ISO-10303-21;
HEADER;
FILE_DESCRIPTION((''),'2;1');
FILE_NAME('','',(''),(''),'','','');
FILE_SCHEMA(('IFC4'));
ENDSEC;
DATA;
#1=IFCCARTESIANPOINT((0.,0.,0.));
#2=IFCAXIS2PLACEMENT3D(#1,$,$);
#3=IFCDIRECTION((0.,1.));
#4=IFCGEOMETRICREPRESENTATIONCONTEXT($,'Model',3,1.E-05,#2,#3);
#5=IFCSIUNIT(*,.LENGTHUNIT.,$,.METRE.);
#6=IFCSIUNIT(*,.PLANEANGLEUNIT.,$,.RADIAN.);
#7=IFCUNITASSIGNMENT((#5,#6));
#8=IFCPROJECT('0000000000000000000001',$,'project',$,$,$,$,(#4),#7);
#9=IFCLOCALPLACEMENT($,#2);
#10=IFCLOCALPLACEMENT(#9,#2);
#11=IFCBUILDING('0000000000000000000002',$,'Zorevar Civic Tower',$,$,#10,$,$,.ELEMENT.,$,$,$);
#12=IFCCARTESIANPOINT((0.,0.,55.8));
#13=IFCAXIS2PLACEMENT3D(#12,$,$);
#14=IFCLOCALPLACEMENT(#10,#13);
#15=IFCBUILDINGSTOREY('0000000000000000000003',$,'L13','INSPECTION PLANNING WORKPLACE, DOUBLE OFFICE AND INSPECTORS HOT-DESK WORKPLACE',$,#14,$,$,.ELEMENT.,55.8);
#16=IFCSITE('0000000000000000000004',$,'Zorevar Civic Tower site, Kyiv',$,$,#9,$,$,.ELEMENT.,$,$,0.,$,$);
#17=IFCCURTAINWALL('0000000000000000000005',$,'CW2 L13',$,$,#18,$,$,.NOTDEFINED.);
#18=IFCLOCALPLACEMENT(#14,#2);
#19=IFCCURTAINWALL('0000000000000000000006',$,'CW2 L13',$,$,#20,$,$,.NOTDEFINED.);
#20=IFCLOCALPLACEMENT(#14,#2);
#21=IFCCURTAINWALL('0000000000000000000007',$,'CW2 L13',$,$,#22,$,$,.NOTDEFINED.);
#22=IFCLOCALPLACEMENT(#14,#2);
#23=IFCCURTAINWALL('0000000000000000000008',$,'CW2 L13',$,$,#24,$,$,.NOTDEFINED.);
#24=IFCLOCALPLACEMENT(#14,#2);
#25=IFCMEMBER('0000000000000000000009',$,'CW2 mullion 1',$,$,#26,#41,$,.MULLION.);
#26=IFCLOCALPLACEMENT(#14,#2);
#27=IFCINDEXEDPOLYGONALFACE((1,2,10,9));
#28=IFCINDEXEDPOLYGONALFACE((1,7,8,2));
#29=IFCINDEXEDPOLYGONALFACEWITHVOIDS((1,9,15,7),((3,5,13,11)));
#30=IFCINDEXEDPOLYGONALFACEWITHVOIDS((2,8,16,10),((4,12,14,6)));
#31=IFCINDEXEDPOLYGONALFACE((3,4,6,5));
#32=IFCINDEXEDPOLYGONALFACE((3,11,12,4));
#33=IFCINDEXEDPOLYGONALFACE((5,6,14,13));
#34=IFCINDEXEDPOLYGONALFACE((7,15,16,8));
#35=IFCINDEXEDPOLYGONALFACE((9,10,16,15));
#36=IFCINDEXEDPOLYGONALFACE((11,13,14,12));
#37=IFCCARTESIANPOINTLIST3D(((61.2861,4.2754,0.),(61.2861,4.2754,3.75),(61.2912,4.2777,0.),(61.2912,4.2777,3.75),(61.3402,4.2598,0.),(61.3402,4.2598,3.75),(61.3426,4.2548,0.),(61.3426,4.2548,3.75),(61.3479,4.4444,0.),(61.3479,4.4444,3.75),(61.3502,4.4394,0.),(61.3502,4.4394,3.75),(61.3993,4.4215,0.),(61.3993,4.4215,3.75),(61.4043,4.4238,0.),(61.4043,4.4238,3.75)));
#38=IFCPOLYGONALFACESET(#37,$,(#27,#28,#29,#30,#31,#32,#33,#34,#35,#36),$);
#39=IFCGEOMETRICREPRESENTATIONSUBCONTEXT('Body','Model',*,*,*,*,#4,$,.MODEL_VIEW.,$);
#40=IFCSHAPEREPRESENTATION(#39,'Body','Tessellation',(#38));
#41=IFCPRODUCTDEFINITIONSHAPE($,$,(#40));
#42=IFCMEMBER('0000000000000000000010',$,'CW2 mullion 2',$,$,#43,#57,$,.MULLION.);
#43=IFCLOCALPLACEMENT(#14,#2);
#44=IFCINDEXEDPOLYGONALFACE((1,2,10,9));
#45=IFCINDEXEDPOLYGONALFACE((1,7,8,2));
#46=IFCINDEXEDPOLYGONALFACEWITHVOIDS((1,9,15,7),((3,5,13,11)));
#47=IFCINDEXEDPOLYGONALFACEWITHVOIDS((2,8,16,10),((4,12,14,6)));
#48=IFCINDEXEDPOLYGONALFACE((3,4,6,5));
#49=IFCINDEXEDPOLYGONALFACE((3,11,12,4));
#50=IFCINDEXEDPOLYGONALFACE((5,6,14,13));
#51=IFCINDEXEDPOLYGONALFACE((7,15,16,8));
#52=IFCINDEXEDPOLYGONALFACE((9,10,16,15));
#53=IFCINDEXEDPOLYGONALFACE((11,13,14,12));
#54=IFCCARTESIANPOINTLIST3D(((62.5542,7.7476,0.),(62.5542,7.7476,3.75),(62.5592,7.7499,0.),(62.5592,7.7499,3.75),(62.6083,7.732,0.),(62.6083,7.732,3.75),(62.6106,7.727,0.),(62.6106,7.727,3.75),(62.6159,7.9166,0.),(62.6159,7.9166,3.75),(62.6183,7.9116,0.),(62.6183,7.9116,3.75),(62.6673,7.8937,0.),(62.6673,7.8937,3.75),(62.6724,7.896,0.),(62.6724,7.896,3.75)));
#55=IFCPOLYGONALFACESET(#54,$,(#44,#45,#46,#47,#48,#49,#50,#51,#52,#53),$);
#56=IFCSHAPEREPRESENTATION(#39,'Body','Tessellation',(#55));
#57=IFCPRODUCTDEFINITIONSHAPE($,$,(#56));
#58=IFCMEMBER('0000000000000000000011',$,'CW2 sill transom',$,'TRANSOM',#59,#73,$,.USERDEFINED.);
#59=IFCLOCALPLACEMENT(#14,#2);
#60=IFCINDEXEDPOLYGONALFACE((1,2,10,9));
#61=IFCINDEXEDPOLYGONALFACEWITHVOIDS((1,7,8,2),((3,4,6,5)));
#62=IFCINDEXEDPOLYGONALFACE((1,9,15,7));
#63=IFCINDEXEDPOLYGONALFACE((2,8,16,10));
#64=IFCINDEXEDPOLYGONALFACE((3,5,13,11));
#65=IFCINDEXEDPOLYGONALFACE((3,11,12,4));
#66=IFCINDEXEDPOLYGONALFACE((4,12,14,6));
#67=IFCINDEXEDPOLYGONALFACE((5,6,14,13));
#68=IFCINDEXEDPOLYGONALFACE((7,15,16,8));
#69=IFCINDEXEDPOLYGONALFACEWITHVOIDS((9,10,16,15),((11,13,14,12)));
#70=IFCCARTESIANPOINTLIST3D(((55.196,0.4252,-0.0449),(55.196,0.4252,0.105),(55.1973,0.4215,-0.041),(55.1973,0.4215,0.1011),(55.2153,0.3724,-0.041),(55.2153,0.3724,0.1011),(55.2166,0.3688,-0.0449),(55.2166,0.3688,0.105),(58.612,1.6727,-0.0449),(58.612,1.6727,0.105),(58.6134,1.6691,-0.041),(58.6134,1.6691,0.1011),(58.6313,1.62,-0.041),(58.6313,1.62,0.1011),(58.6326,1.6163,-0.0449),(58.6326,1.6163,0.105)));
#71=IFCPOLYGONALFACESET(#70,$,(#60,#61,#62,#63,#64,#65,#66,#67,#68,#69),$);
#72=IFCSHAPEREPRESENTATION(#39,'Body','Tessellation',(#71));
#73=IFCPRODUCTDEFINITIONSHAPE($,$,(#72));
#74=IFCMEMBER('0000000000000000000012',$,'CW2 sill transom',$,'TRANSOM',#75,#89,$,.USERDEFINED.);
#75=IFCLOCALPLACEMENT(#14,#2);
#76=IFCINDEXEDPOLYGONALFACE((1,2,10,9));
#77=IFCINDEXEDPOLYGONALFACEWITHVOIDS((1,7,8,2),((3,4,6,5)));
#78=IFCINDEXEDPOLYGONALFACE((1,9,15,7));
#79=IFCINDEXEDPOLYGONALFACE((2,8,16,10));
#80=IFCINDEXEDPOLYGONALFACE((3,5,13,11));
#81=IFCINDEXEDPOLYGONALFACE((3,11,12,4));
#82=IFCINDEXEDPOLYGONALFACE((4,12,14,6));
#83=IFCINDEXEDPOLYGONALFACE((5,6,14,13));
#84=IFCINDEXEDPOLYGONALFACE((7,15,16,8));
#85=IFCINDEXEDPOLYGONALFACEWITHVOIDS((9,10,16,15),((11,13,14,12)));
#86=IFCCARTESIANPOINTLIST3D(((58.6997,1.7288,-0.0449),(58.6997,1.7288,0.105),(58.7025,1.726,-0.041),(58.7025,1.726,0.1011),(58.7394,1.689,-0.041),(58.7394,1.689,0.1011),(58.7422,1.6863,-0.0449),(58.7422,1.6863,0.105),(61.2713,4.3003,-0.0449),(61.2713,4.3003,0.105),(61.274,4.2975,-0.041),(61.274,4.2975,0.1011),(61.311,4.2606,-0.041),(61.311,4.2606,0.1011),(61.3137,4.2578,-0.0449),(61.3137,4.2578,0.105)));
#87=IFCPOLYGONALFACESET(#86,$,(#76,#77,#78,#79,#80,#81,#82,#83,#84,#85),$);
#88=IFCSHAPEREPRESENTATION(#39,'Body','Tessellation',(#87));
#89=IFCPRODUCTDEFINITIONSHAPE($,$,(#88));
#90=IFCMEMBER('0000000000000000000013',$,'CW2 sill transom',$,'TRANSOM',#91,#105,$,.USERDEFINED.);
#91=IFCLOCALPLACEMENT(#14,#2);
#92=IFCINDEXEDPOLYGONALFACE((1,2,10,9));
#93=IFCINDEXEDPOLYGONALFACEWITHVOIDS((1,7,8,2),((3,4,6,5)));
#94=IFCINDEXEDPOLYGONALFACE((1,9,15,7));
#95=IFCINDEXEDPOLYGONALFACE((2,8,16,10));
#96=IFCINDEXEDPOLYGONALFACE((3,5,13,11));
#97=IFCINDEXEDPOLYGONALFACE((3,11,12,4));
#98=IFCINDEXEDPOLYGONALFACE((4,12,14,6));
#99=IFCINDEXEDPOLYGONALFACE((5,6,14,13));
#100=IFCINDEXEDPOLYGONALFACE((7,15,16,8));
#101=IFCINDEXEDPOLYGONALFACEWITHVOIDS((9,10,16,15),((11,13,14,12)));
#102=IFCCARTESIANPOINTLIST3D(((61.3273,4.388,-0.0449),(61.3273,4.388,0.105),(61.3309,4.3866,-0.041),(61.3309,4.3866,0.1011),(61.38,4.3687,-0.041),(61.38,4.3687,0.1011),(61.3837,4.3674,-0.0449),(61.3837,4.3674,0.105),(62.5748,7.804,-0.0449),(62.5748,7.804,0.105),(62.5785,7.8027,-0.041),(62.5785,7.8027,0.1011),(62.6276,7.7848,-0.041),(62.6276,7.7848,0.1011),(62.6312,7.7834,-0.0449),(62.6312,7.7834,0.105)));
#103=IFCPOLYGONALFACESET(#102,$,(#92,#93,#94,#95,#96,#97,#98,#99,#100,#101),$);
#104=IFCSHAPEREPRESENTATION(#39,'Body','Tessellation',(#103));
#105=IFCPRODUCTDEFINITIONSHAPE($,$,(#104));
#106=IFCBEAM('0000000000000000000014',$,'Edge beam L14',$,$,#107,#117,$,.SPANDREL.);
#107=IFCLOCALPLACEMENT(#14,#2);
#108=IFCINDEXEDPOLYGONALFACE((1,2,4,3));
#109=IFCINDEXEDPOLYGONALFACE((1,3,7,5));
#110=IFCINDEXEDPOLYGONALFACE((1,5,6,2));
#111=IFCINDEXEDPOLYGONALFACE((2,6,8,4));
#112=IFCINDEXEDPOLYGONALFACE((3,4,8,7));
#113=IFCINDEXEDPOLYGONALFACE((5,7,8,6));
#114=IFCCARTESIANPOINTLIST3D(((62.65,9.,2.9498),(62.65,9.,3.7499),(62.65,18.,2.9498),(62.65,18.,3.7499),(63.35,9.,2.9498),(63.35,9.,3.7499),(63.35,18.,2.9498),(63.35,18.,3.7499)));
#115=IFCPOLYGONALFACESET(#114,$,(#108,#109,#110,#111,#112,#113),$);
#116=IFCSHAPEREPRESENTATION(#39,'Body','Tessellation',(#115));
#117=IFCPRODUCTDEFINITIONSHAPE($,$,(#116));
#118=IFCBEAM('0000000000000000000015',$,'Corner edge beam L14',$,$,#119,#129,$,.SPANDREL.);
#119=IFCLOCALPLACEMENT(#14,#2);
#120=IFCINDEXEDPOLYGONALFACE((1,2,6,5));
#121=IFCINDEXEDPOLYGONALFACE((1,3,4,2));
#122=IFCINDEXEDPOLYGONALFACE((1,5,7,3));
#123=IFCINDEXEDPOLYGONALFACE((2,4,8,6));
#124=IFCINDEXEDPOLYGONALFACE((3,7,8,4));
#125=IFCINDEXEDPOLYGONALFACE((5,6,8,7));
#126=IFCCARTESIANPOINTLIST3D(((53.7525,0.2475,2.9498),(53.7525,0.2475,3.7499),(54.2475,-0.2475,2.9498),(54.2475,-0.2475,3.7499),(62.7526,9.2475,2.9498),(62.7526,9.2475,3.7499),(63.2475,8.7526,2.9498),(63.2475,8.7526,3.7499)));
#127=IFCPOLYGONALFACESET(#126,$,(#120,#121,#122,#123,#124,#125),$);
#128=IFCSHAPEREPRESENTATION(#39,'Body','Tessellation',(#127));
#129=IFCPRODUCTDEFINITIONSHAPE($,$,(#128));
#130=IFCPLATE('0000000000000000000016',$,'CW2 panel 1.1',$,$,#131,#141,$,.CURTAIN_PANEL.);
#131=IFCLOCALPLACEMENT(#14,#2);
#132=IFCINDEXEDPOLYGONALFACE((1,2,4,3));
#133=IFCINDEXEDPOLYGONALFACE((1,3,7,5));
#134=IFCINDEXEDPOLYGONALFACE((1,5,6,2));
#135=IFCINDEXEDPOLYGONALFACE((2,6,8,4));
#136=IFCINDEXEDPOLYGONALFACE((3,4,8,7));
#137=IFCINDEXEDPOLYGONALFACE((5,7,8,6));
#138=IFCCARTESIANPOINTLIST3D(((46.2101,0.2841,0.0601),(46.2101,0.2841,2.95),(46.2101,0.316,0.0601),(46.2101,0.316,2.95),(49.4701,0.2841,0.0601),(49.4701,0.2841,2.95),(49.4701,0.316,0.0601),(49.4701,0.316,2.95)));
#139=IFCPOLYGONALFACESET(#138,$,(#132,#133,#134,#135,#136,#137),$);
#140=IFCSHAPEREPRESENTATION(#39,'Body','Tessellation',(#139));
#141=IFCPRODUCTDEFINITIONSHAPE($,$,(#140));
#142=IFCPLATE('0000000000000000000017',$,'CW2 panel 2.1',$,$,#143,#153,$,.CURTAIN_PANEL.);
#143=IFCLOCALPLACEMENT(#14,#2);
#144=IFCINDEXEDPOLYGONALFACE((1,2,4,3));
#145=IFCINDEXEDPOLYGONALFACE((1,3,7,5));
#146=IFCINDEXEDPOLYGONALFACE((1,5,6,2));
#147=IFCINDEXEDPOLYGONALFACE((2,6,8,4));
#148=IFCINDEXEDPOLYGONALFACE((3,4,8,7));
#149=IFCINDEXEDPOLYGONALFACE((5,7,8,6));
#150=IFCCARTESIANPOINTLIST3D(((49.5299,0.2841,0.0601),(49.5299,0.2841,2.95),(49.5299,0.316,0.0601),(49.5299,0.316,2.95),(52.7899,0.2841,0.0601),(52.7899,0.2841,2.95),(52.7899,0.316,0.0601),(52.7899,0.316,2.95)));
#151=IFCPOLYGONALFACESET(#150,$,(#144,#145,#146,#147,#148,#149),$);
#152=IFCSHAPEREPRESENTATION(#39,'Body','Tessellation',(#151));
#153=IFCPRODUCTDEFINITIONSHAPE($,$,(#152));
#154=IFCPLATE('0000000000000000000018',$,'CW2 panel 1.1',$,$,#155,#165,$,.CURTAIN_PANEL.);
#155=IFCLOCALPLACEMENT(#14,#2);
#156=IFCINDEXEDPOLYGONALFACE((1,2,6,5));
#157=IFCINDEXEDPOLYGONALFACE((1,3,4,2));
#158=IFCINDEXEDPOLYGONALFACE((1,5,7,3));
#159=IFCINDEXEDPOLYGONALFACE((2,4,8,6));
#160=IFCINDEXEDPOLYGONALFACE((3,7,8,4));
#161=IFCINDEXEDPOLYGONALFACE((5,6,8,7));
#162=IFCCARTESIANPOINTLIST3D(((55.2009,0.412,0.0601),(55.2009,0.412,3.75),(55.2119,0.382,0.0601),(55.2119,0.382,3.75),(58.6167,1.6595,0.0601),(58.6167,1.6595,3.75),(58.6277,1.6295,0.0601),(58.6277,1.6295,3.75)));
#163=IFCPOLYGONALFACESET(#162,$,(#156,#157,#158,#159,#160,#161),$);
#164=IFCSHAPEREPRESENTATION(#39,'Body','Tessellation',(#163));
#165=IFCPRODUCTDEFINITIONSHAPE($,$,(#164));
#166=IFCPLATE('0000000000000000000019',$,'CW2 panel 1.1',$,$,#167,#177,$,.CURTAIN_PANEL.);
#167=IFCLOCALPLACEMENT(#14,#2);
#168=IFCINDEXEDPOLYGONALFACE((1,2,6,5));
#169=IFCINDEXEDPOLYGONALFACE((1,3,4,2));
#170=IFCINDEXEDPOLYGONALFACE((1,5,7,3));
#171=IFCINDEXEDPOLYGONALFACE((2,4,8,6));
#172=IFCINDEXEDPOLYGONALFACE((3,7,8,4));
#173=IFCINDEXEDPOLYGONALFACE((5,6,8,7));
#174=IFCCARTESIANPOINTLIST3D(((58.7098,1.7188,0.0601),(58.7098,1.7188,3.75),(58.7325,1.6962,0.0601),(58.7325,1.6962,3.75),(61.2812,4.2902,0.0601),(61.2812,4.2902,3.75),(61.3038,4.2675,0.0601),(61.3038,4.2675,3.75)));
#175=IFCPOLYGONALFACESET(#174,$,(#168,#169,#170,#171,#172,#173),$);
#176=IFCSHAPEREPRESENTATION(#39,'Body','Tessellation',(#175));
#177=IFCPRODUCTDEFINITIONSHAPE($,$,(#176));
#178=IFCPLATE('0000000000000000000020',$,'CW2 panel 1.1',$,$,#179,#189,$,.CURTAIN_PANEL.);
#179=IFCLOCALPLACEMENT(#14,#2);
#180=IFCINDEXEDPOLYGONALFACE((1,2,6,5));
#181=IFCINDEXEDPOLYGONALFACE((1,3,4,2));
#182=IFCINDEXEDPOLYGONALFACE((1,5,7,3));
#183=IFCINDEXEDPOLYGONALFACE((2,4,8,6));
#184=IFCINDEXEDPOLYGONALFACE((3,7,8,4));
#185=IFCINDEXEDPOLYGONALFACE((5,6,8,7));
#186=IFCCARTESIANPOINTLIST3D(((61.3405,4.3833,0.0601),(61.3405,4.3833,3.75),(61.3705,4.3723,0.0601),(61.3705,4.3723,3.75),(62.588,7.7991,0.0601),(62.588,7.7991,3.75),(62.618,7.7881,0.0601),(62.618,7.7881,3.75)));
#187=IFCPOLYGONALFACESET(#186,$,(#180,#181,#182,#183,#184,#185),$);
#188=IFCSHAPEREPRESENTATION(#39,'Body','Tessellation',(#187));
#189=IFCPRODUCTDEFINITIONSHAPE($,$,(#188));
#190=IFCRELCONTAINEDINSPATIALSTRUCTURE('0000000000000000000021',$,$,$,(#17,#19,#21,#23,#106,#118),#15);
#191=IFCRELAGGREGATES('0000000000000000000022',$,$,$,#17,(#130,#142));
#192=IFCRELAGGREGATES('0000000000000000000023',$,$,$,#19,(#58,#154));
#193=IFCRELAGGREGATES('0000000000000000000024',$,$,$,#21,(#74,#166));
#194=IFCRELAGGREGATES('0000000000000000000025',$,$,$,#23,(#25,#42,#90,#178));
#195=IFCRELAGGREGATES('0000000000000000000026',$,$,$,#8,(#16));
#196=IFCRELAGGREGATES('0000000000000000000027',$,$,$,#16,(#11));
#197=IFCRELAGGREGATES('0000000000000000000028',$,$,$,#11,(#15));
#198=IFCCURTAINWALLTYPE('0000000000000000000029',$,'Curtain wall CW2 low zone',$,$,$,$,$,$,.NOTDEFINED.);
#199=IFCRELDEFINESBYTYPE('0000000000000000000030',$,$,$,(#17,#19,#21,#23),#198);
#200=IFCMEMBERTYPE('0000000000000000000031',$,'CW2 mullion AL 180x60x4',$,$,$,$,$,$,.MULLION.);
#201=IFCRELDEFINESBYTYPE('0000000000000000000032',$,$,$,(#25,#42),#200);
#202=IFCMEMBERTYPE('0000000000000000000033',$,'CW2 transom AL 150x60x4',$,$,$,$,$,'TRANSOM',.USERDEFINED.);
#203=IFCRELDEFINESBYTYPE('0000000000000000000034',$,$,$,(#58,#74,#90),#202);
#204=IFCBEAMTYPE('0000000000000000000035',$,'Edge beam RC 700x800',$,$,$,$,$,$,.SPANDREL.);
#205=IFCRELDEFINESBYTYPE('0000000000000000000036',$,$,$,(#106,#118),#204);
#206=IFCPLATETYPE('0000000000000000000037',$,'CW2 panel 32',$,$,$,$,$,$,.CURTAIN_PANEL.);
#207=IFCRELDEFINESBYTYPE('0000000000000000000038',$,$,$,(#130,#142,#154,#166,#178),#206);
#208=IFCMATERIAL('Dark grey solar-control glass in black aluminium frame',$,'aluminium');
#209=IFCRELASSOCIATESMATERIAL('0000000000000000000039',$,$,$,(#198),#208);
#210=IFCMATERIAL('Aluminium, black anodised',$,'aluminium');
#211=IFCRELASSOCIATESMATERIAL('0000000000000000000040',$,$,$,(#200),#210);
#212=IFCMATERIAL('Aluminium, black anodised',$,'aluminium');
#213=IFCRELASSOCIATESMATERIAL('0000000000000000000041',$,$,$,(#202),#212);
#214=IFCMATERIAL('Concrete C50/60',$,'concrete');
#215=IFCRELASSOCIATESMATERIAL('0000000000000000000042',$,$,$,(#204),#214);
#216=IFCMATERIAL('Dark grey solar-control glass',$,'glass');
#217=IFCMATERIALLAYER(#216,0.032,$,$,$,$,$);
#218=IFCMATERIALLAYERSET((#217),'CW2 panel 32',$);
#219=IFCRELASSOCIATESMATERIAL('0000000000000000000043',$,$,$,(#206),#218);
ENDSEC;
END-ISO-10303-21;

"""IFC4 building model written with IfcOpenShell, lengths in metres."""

from ifc_helpers import new_model, si_unit, direction, frame, origin, origin_2d, place, context, subcontext, project, spatial, rectangle, hollow_rectangle, extrude, material, layer, layer_set, material_profile, profile_set, type_object, element, aggregate, save


model = new_model("IFC4")

# Units and contexts
model_context = context("Model", 3, precision=1e-05, world=origin(), true_north=direction((0.0, 1.0)))
body_context = subcontext(model_context, "Body", "Model", "MODEL_VIEW")
ifc_project = project(units=[si_unit("LENGTHUNIT", "METRE"), si_unit("PLANEANGLEUNIT", "RADIAN")], contexts=[model_context])

# Site, building, storey
site_placement = place(None, origin())
site = spatial("IfcSite", under=ifc_project, at=site_placement, Name="Zorevar Civic Tower site, Kyiv", CompositionType="ELEMENT", RefElevation=0.0)
building_placement = place(site_placement, origin())
building = spatial("IfcBuilding", under=site, at=building_placement, Name="Zorevar Civic Tower", CompositionType="ELEMENT")
storey_placement = place(building_placement, frame((0.0, 0.0, 55.8)))
storey = spatial("IfcBuildingStorey", under=building, at=storey_placement, Name="L13", Description="INSPECTION PLANNING WORKPLACE, DOUBLE OFFICE AND INSPECTORS HOT-DESK WORKPLACE", CompositionType="ELEMENT", Elevation=55.8)

# Curtain walls, members
ifc_material_1 = material(Name="Dark grey solar-control glass in black aluminium frame", Category="aluminium")
curtain_wall_type = type_object("IfcCurtainWallType", Name="Curtain wall CW2 low zone", PredefinedType="NOTDEFINED", material=ifc_material_1)
curtain_wall_1_placement = place(storey_placement, origin())
curtain_wall_1 = element("IfcCurtainWall", 1, at=curtain_wall_1_placement, inside=storey, type_object=curtain_wall_type, Name="CW2 L13", PredefinedType="NOTDEFINED")
ifc_material_2 = material(Name="Aluminium, black anodised", Category="aluminium")
ifc_material_profile_1 = material_profile(ifc_material_2, hollow_rectangle(XDim=0.0601, YDim=0.1799, WallThickness=0.0039, at=origin_2d()), Name="AL 180x60x4")
ifc_profile_set_1 = profile_set([ifc_material_profile_1], Name="Aluminium, black anodised")
member_type_1 = type_object("IfcMemberType", Name="CW2 mullion AL 180x60x4", PredefinedType="MULLION", material=ifc_profile_set_1)
curtain_wall_2_placement = place(storey_placement, origin())
curtain_wall_2 = element("IfcCurtainWall", 2, at=curtain_wall_2_placement, inside=storey, type_object=curtain_wall_type, Name="CW2 L13", PredefinedType="NOTDEFINED")
curtain_wall_3_placement = place(storey_placement, origin())
curtain_wall_3 = element("IfcCurtainWall", 3, at=curtain_wall_3_placement, inside=storey, type_object=curtain_wall_type, Name="CW2 L13", PredefinedType="NOTDEFINED")
curtain_wall_4_placement = place(storey_placement, origin())
curtain_wall_4 = element("IfcCurtainWall", 4, at=curtain_wall_4_placement, inside=storey, type_object=curtain_wall_type, Name="CW2 L13", PredefinedType="NOTDEFINED")
member_1_placement = place(storey_placement, frame((61.3452, 4.3496, 0.0), z_axis=(0.0, 0.0, 1.0), x_axis=(-0.939313, 0.34306, 0.0)))
member_1 = element("IfcMember", 5, at=member_1_placement, type_object=member_type_1, Name="CW2 mullion 1", PredefinedType="MULLION", context=body_context, shape_type="SweptSolid", body=[
    extrude(hollow_rectangle(XDim=0.0601, YDim=0.1799, WallThickness=0.0039, at=origin_2d()), origin(), (0.0, 0.0, 1.0), 3.75),
])
member_2_placement = place(storey_placement, frame((62.6133, 7.8218, 0.0), z_axis=(0.0, 0.0, 1.0), x_axis=(-0.939313, 0.34306, 0.0)))
member_2 = element("IfcMember", 6, at=member_2_placement, type_object=member_type_1, Name="CW2 mullion 2", PredefinedType="MULLION", context=body_context, shape_type="SweptSolid", body=[
    extrude(hollow_rectangle(XDim=0.0601, YDim=0.1799, WallThickness=0.0039, at=origin_2d()), origin(), (0.0, 0.0, 1.0), 3.75),
])

# Members
ifc_material_3 = material(Name="Aluminium, black anodised", Category="aluminium")
ifc_material_profile_2 = material_profile(ifc_material_3, hollow_rectangle(XDim=0.0601, YDim=0.1499, WallThickness=0.0039, at=origin_2d()), Name="AL 150x60x4")
ifc_profile_set_2 = profile_set([ifc_material_profile_2], Name="Aluminium, black anodised")
member_type_2 = type_object("IfcMemberType", Name="CW2 transom AL 150x60x4", ElementType="TRANSOM", PredefinedType="USERDEFINED", material=ifc_profile_set_2)
member_3_placement = place(storey_placement, frame((55.2063, 0.397, 0.03), z_axis=(0.939318, 0.343047, 0.0), x_axis=(-0.343047, 0.939318, 0.0)))
member_3 = element("IfcMember", 7, at=member_3_placement, type_object=member_type_2, Name="CW2 sill transom", ObjectType="TRANSOM", PredefinedType="USERDEFINED", context=body_context, shape_type="SweptSolid", body=[
    extrude(hollow_rectangle(XDim=0.0601, YDim=0.1499, WallThickness=0.0039, at=origin_2d()), origin(), (0.0, 0.0, 1.0), 3.6367),
])
member_4_placement = place(storey_placement, frame((58.7209, 1.7075, 0.03), z_axis=(0.707107, 0.707107, 0.0), x_axis=(-0.707107, 0.707107, 0.0)))
member_4 = element("IfcMember", 8, at=member_4_placement, type_object=member_type_2, Name="CW2 sill transom", ObjectType="TRANSOM", PredefinedType="USERDEFINED", context=body_context, shape_type="SweptSolid", body=[
    extrude(hollow_rectangle(XDim=0.0601, YDim=0.1499, WallThickness=0.0039, at=origin_2d()), origin(), (0.0, 0.0, 1.0), 3.6367),
])
member_5_placement = place(storey_placement, frame((61.3555, 4.3777, 0.03), z_axis=(0.343047, 0.939318, 0.0), x_axis=(-0.939318, 0.343047, 0.0)))
member_5 = element("IfcMember", 9, at=member_5_placement, type_object=member_type_2, Name="CW2 sill transom", ObjectType="TRANSOM", PredefinedType="USERDEFINED", context=body_context, shape_type="SweptSolid", body=[
    extrude(hollow_rectangle(XDim=0.0601, YDim=0.1499, WallThickness=0.0039, at=origin_2d()), origin(), (0.0, 0.0, 1.0), 3.6367),
])

# Beams
ifc_material_4 = material(Name="Concrete C50/60", Category="concrete")
ifc_material_profile_3 = material_profile(ifc_material_4, rectangle(XDim=0.7, YDim=0.8, at=origin_2d()), Name="RC 700x800")
ifc_profile_set_3 = profile_set([ifc_material_profile_3], Name="Concrete C50/60")
beam_type_1 = type_object("IfcBeamType", Name="Edge beam RC 700x800", PredefinedType="SPANDREL", material=ifc_profile_set_3)
beam_1_placement = place(storey_placement, frame((63.0, 9.0, 3.3499), z_axis=(0.0, 1.0, 0.0), x_axis=(-1.0, 0.0, 0.0)))
element("IfcBeam", 10, at=beam_1_placement, inside=storey, type_object=beam_type_1, Name="Edge beam L14", PredefinedType="SPANDREL", context=body_context, shape_type="SweptSolid", body=[
    extrude(rectangle(XDim=0.7, YDim=0.8, at=origin_2d()), origin(), (0.0, 0.0, 1.0), 9.0),
])
beam_2_placement = place(storey_placement, frame((54.0, 0.0, 3.3499), z_axis=(0.707107, 0.707107, 0.0), x_axis=(-0.707107, 0.707107, 0.0)))
element("IfcBeam", 11, at=beam_2_placement, inside=storey, type_object=beam_type_1, Name="Corner edge beam L14", PredefinedType="SPANDREL", context=body_context, shape_type="SweptSolid", body=[
    extrude(rectangle(XDim=0.7, YDim=0.8, at=origin_2d()), origin(), (0.0, 0.0, 1.0), 12.728),
])

# Plates
ifc_material_5 = material(Name="Dark grey solar-control glass", Category="glass")
ifc_layer_1 = layer(ifc_material_5, 0.032)
ifc_layer_set_1 = layer_set([ifc_layer_1], Name="CW2 panel 32")
plate_type = type_object("IfcPlateType", Name="CW2 panel 32", PredefinedType="CURTAIN_PANEL", material=ifc_layer_set_1)
plate_1_placement = place(storey_placement, frame((47.8401, 0.3, 0.0601), z_axis=(0.0, 0.0, 1.0), x_axis=(1.0, 0.0, 0.0)))
plate_1 = element("IfcPlate", 12, at=plate_1_placement, type_object=plate_type, Name="CW2 panel 1.1", PredefinedType="CURTAIN_PANEL", context=body_context, shape_type="SweptSolid", body=[
    extrude(rectangle(XDim=3.26, YDim=0.032, at=origin_2d()), origin(), (0.0, 0.0, 1.0), 2.8899),
])
plate_2_placement = place(storey_placement, frame((51.1599, 0.3, 0.0601), z_axis=(0.0, 0.0, 1.0), x_axis=(1.0, 0.0, 0.0)))
plate_2 = element("IfcPlate", 13, at=plate_2_placement, type_object=plate_type, Name="CW2 panel 2.1", PredefinedType="CURTAIN_PANEL", context=body_context, shape_type="SweptSolid", body=[
    extrude(rectangle(XDim=3.26, YDim=0.032, at=origin_2d()), origin(), (0.0, 0.0, 1.0), 2.8899),
])
aggregate(curtain_wall_1, [plate_1, plate_2])
plate_3_placement = place(storey_placement, frame((56.9143, 1.0208, 0.0601), z_axis=(0.0, 0.0, 1.0), x_axis=(0.939313, 0.34306, 0.0)))
plate_3 = element("IfcPlate", 14, at=plate_3_placement, type_object=plate_type, Name="CW2 panel 1.1", PredefinedType="CURTAIN_PANEL", context=body_context, shape_type="SweptSolid", body=[
    extrude(rectangle(XDim=3.6365, YDim=0.032, at=origin_2d()), origin(), (0.0, 0.0, 1.0), 3.6899),
])
aggregate(curtain_wall_2, [member_3, plate_3])
plate_4_placement = place(storey_placement, frame((60.0068, 2.9932, 0.0601), z_axis=(0.0, 0.0, 1.0), x_axis=(0.707107, 0.707107, 0.0)))
plate_4 = element("IfcPlate", 15, at=plate_4_placement, type_object=plate_type, Name="CW2 panel 1.1", PredefinedType="CURTAIN_PANEL", context=body_context, shape_type="SweptSolid", body=[
    extrude(rectangle(XDim=3.6365, YDim=0.032, at=origin_2d()), origin(), (0.0, 0.0, 1.0), 3.6899),
])
aggregate(curtain_wall_3, [member_4, plate_4])
plate_5_placement = place(storey_placement, frame((61.9792, 6.0857, 0.0601), z_axis=(0.0, 0.0, 1.0), x_axis=(0.34306, 0.939313, 0.0)))
plate_5 = element("IfcPlate", 16, at=plate_5_placement, type_object=plate_type, Name="CW2 panel 1.1", PredefinedType="CURTAIN_PANEL", context=body_context, shape_type="SweptSolid", body=[
    extrude(rectangle(XDim=3.6365, YDim=0.032, at=origin_2d()), origin(), (0.0, 0.0, 1.0), 3.6899),
])
aggregate(curtain_wall_4, [member_1, member_2, member_5, plate_5])

save(model, "model.ifc")
